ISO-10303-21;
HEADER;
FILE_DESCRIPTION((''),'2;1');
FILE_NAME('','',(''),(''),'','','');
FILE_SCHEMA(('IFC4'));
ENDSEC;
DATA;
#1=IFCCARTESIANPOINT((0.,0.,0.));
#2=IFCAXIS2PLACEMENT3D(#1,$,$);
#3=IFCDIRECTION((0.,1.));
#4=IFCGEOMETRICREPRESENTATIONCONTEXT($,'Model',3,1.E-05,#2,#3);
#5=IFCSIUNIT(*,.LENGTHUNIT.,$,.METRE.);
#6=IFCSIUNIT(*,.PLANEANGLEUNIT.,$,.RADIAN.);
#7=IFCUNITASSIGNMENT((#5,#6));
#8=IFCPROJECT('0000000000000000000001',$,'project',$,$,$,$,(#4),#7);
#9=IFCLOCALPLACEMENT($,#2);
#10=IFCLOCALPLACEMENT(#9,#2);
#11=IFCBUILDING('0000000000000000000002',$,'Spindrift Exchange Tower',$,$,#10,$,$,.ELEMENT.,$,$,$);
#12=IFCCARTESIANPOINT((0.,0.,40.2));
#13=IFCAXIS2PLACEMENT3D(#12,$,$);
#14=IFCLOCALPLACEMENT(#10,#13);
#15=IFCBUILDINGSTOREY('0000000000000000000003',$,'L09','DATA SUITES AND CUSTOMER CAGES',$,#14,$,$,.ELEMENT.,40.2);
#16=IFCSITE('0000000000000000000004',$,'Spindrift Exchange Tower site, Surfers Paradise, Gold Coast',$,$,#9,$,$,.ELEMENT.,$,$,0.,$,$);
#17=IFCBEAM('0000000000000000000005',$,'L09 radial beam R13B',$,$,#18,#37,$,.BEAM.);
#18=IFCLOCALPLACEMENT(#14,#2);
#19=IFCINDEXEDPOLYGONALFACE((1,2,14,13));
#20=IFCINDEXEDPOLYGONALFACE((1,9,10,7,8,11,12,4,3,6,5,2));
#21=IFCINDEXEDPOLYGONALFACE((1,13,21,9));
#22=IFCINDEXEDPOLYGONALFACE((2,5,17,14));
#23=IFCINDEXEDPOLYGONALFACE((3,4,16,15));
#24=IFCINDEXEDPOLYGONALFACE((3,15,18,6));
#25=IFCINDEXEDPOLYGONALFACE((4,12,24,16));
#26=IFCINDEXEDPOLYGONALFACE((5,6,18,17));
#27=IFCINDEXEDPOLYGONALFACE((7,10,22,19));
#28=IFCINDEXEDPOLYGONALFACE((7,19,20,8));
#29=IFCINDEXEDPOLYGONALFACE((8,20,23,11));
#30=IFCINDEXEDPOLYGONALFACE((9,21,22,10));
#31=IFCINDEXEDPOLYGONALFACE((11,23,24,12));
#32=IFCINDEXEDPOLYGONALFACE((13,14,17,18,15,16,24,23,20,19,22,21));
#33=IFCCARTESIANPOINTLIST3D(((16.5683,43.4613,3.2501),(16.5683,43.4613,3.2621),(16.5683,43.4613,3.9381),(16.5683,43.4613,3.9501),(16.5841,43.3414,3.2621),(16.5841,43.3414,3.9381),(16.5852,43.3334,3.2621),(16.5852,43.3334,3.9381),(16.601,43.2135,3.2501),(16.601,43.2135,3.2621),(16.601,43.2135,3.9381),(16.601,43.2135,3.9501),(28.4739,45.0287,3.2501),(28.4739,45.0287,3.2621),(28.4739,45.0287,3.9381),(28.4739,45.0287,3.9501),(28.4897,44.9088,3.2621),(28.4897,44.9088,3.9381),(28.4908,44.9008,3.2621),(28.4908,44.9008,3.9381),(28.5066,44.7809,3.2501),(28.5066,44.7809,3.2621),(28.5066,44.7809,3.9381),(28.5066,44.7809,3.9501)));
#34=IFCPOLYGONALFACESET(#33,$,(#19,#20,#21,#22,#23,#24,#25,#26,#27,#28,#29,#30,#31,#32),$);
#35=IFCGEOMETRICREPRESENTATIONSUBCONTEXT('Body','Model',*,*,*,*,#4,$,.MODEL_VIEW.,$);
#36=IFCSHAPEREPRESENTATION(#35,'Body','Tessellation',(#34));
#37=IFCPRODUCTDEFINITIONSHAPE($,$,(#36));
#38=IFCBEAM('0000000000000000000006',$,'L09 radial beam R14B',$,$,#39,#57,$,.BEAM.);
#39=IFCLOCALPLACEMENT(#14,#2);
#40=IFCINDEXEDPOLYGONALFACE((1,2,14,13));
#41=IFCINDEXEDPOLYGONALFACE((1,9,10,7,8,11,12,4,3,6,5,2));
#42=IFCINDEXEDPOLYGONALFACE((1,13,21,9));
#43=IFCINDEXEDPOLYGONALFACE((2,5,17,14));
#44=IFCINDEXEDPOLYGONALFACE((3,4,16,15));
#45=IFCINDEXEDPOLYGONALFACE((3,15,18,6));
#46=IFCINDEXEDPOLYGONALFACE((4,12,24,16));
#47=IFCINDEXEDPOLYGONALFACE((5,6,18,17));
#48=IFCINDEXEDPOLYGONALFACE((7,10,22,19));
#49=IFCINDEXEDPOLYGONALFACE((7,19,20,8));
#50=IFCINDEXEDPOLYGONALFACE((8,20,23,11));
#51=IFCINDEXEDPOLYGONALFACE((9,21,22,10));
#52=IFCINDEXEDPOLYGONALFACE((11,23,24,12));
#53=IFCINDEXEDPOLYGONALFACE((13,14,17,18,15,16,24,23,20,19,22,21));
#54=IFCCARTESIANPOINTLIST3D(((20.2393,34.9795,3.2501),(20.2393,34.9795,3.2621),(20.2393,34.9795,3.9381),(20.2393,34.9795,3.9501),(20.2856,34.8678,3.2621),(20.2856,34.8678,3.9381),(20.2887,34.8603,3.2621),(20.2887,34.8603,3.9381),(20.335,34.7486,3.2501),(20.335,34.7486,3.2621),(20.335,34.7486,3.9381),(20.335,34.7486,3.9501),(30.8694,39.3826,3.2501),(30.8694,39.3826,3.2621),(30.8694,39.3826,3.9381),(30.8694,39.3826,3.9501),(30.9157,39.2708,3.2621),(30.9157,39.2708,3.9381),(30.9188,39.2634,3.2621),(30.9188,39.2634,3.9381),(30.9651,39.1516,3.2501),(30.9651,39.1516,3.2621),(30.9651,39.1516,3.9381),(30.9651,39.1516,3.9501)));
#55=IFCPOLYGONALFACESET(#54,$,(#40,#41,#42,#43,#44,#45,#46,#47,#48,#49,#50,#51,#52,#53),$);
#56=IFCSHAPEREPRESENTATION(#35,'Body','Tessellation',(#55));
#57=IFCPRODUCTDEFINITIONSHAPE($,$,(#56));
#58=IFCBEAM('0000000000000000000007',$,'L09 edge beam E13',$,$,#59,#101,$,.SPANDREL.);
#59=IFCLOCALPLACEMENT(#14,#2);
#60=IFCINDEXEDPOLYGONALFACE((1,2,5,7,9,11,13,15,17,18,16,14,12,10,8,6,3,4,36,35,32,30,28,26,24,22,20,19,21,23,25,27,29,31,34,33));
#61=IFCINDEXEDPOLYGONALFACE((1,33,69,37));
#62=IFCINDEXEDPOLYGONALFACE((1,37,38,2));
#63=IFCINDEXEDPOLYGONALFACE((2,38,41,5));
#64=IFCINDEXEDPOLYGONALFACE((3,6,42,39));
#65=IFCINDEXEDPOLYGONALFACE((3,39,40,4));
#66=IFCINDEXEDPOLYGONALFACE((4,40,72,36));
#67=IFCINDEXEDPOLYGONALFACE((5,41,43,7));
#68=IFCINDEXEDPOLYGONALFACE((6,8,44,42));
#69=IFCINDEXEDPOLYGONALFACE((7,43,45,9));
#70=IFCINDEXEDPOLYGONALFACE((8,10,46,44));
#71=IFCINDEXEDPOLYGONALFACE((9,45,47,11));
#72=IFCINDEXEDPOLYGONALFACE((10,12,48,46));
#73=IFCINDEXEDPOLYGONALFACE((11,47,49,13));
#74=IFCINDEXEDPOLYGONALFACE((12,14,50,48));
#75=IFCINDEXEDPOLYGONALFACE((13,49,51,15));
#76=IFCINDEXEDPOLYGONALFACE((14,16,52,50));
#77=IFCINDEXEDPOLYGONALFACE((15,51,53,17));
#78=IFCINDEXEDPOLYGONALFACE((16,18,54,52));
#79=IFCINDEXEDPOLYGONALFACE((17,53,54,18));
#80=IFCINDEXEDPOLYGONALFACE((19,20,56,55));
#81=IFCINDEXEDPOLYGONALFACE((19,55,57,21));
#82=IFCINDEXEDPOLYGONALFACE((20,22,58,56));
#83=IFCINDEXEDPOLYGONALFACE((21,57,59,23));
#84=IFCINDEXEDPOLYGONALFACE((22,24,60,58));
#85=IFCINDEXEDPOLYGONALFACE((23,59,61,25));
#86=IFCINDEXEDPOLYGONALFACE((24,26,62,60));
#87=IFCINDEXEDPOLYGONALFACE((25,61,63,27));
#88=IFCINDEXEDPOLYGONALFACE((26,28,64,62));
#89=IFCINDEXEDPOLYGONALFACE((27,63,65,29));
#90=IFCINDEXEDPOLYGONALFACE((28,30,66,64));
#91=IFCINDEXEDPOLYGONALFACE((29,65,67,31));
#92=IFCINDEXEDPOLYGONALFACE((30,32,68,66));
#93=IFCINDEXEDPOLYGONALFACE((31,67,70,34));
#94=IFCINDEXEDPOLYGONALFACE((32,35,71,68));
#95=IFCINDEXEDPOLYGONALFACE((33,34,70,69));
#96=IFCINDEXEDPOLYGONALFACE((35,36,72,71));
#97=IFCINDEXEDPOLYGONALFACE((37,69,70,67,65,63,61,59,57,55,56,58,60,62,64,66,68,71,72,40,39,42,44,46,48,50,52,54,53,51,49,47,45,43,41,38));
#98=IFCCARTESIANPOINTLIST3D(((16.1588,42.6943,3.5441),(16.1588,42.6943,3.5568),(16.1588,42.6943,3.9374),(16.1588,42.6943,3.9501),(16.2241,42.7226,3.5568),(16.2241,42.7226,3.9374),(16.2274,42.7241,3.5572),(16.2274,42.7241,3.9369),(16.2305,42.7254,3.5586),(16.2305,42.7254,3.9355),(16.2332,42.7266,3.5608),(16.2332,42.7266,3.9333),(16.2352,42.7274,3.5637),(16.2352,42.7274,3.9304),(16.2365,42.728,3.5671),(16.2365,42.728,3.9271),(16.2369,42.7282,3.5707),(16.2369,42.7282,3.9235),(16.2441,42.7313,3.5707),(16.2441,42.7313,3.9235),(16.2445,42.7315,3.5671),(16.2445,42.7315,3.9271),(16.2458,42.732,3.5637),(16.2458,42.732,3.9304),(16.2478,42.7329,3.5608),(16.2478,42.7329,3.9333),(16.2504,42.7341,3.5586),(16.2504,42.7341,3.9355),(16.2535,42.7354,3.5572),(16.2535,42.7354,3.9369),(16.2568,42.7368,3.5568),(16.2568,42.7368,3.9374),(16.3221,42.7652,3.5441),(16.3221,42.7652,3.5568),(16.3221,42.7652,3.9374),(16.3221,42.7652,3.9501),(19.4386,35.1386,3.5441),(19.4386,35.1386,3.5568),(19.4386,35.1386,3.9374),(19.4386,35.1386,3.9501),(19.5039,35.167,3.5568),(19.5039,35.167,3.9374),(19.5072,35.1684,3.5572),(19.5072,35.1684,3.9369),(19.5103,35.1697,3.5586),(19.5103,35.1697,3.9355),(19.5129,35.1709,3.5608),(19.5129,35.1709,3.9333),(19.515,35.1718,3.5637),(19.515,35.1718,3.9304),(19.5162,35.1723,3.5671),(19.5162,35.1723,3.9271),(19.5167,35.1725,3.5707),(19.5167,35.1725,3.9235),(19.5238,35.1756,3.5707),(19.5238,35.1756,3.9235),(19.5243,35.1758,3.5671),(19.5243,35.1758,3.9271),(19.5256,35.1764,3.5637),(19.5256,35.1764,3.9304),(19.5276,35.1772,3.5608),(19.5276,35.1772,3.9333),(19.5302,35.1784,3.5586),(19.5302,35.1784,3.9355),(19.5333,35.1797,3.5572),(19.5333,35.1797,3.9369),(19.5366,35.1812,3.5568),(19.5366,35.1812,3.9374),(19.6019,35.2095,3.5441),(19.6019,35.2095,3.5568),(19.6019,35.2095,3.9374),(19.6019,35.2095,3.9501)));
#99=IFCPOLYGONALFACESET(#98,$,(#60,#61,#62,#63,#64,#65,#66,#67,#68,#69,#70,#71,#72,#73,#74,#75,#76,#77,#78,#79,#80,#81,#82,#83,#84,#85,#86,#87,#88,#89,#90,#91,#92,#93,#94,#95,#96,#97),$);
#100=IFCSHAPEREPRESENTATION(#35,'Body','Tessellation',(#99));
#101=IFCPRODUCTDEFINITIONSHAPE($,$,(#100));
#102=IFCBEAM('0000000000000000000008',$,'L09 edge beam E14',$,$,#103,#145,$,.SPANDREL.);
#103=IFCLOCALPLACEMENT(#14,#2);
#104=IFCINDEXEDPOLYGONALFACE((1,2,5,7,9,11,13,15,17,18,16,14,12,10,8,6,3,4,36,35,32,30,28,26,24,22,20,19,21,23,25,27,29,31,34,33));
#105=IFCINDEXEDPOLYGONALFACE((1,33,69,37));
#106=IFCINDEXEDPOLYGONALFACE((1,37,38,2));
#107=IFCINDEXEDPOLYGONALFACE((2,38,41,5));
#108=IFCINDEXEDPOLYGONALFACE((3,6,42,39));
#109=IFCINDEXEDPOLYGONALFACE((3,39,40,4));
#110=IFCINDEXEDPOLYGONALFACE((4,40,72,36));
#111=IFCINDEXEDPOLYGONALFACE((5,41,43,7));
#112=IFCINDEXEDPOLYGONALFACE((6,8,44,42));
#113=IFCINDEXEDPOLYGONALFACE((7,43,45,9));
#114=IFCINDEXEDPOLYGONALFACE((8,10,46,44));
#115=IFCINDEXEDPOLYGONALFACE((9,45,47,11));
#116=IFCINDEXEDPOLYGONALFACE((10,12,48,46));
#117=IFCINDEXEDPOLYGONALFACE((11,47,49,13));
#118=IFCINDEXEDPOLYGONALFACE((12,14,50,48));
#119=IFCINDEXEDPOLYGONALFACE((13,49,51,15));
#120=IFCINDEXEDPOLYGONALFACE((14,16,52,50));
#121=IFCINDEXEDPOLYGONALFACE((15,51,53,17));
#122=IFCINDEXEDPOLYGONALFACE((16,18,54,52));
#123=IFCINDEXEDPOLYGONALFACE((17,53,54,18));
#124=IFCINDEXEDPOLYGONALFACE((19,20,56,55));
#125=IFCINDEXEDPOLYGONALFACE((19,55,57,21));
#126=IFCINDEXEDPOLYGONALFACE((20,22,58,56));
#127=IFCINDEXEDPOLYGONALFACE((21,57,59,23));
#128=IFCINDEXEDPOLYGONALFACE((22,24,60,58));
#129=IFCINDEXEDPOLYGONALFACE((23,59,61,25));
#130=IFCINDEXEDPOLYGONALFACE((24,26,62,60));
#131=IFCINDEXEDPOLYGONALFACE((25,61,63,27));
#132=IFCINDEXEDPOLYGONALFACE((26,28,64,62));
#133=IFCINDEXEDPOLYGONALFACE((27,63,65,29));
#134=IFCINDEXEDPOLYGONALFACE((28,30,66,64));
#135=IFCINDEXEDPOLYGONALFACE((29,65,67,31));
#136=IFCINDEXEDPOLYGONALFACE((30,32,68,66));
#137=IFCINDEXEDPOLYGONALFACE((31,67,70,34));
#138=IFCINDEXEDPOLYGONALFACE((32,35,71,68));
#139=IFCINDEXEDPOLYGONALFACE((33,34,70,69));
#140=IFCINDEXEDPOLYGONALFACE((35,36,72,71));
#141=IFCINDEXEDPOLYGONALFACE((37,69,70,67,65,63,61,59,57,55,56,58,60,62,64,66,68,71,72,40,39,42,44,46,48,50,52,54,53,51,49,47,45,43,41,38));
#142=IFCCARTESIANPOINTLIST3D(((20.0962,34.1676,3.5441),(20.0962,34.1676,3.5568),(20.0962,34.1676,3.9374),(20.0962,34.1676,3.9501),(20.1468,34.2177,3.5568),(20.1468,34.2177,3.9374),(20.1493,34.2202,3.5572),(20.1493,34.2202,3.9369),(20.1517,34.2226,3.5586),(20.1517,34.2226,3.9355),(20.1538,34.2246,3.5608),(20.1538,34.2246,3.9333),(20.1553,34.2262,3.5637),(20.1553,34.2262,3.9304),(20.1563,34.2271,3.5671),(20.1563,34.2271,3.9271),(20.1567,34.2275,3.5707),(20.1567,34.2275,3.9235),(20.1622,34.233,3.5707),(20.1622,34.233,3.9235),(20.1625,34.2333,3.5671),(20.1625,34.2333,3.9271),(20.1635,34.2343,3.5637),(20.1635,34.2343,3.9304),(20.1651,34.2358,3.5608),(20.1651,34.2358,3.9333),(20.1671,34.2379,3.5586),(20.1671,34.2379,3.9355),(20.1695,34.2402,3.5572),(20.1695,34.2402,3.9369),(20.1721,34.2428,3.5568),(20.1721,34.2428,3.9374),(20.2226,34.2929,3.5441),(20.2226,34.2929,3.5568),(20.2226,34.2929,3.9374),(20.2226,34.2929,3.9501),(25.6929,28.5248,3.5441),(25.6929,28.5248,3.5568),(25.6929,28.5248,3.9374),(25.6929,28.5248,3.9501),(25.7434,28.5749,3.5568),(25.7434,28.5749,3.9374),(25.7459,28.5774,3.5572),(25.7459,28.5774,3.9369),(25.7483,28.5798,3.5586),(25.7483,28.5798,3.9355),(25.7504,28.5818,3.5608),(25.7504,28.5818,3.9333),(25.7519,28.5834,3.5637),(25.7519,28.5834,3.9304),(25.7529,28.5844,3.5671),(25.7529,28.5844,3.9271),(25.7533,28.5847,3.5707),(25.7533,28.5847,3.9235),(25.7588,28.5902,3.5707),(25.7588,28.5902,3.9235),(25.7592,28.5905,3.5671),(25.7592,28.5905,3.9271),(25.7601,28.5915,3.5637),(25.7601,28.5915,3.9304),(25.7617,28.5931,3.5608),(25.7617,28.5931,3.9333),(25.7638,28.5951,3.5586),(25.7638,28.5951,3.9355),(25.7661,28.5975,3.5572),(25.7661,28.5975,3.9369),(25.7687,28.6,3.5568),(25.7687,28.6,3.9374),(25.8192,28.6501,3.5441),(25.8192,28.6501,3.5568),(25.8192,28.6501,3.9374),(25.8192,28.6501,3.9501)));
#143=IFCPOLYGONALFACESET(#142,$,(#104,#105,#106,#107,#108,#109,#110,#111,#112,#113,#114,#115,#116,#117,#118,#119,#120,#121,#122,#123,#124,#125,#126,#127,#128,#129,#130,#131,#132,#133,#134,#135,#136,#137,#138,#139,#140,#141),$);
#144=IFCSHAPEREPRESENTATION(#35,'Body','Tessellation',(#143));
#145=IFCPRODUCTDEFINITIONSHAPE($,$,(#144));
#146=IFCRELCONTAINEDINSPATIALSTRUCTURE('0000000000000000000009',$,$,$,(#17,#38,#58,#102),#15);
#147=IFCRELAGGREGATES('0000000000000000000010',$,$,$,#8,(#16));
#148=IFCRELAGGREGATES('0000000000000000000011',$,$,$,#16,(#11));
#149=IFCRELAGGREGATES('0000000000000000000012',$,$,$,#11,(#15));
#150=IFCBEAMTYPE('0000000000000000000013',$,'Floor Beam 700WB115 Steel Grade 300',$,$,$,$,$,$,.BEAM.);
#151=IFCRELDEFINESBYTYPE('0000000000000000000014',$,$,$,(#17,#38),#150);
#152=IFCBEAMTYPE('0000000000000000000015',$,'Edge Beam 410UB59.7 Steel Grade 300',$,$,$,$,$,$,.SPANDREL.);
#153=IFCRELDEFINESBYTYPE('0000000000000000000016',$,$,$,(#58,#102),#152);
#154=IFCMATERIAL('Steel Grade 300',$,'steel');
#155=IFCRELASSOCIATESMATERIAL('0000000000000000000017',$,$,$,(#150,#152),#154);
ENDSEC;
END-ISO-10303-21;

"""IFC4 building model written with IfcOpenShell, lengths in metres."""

from ifc_helpers import new_model, si_unit, direction, frame, origin, origin_2d, place, context, subcontext, project, spatial, i_section, extrude, source, transform, mapped, material, material_profile, profile_set, type_object, element, save


model = new_model("IFC4")

# Units and contexts
model_context = context("Model", 3, precision=1e-05, world=origin(), true_north=direction((0.0, 1.0)))
body_context = subcontext(model_context, "Body", "Model", "MODEL_VIEW")
ifc_project = project(units=[si_unit("LENGTHUNIT", "METRE"), si_unit("PLANEANGLEUNIT", "RADIAN")], contexts=[model_context])

# Site, building, storey
site_placement = place(None, origin())
site = spatial("IfcSite", under=ifc_project, at=site_placement, Name="Spindrift Exchange Tower site, Surfers Paradise, Gold Coast", CompositionType="ELEMENT", RefElevation=0.0)
building_placement = place(site_placement, origin())
building = spatial("IfcBuilding", under=site, at=building_placement, Name="Spindrift Exchange Tower", CompositionType="ELEMENT")
storey_placement = place(building_placement, frame((0.0, 0.0, 40.2)))
storey = spatial("IfcBuildingStorey", under=building, at=storey_placement, Name="L09", Description="DATA SUITES AND CUSTOMER CAGES", CompositionType="ELEMENT", Elevation=40.2)

# Beams
ifc_material_1 = material(Name="Steel Grade 300", Category="steel")
ifc_material_profile_1 = material_profile(ifc_material_1, i_section(OverallWidth=0.25, OverallDepth=0.7, WebThickness=0.0081, FlangeThickness=0.012, at=origin_2d()), Name="700WB115")
ifc_profile_set_1 = profile_set([ifc_material_profile_1], Name="Steel Grade 300")
beam_type_1 = type_object("IfcBeamType", Name="Floor Beam 700WB115 Steel Grade 300", PredefinedType="BEAM", material=ifc_profile_set_1)
shared_shape_1 = source(origin(), body_context, "Body", "SweptSolid", [
    extrude(i_section(OverallWidth=0.25, OverallDepth=0.7, WebThickness=0.0081, FlangeThickness=0.012, at=origin_2d()), origin(), (0.0, 0.0, 1.0), 12.0083),
])
beam_1_placement = place(storey_placement, frame((28.4902, 44.9048, 3.6001), z_axis=(-0.991445, -0.130526, 0.0), x_axis=(0.130526, -0.991445, 0.0)))
element("IfcBeam", 1, at=beam_1_placement, inside=storey, type_object=beam_type_1, Name="L09 radial beam R13B", PredefinedType="BEAM", context=body_context, shape_type="MappedRepresentation", body=[
    mapped(shared_shape_1, transform((0.0, 0.0, 0.0), scale=1.0)),
])
shared_shape_2 = source(origin(), body_context, "Body", "SweptSolid", [
    extrude(i_section(OverallWidth=0.25, OverallDepth=0.7, WebThickness=0.0081, FlangeThickness=0.012, at=origin_2d()), origin(), (0.0, 0.0, 1.0), 11.5059),
])
beam_2_placement = place(storey_placement, frame((30.9172, 39.2671, 3.6001), z_axis=(-0.923882, -0.382678, 0.0), x_axis=(0.382678, -0.923882, 0.0)))
element("IfcBeam", 2, at=beam_2_placement, inside=storey, type_object=beam_type_1, Name="L09 radial beam R14B", PredefinedType="BEAM", context=body_context, shape_type="MappedRepresentation", body=[
    mapped(shared_shape_2, transform((0.0, 0.0, 0.0), scale=1.0)),
])
ifc_material_profile_2 = material_profile(ifc_material_1, i_section(OverallWidth=0.178, OverallDepth=0.406, WebThickness=0.0078, FlangeThickness=0.0127, FilletRadius=0.0139, at=origin_2d()), Name="410UB59.7")
ifc_profile_set_2 = profile_set([ifc_material_profile_2], Name="Steel Grade 300")
beam_type_2 = type_object("IfcBeamType", Name="Edge Beam 410UB59.7 Steel Grade 300", PredefinedType="SPANDREL", material=ifc_profile_set_2)
shared_shape_3 = source(origin(), body_context, "Body", "SweptSolid", [
    extrude(i_section(OverallWidth=0.178, OverallDepth=0.406, WebThickness=0.0078, FlangeThickness=0.0127, FilletRadius=0.0139, at=origin_2d()), origin(), (0.0, 0.0, 1.0), 8.2368),
])
beam_3_placement = place(storey_placement, frame((16.2405, 42.7297, 3.7471), z_axis=(0.398186, -0.917305, 0.0), x_axis=(0.917305, 0.398186, 0.0)))
element("IfcBeam", 3, at=beam_3_placement, inside=storey, type_object=beam_type_2, Name="L09 edge beam E13", PredefinedType="SPANDREL", context=body_context, shape_type="MappedRepresentation", body=[
    mapped(shared_shape_3, transform((0.0, 0.0, 0.0), scale=1.0)),
])
shared_shape_4 = source(origin(), body_context, "Body", "SweptSolid", [
    extrude(i_section(OverallWidth=0.178, OverallDepth=0.406, WebThickness=0.0078, FlangeThickness=0.0127, FilletRadius=0.0139, at=origin_2d()), origin(), (0.0, 0.0, 1.0), 7.9475),
])
beam_4_placement = place(storey_placement, frame((20.1594, 34.2302, 3.7471), z_axis=(0.704198, -0.710004, 0.0), x_axis=(0.710004, 0.704198, 0.0)))
element("IfcBeam", 4, at=beam_4_placement, inside=storey, type_object=beam_type_2, Name="L09 edge beam E14", PredefinedType="SPANDREL", context=body_context, shape_type="MappedRepresentation", body=[
    mapped(shared_shape_4, transform((0.0, 0.0, 0.0), scale=1.0)),
])

save(model, "model.ifc")
